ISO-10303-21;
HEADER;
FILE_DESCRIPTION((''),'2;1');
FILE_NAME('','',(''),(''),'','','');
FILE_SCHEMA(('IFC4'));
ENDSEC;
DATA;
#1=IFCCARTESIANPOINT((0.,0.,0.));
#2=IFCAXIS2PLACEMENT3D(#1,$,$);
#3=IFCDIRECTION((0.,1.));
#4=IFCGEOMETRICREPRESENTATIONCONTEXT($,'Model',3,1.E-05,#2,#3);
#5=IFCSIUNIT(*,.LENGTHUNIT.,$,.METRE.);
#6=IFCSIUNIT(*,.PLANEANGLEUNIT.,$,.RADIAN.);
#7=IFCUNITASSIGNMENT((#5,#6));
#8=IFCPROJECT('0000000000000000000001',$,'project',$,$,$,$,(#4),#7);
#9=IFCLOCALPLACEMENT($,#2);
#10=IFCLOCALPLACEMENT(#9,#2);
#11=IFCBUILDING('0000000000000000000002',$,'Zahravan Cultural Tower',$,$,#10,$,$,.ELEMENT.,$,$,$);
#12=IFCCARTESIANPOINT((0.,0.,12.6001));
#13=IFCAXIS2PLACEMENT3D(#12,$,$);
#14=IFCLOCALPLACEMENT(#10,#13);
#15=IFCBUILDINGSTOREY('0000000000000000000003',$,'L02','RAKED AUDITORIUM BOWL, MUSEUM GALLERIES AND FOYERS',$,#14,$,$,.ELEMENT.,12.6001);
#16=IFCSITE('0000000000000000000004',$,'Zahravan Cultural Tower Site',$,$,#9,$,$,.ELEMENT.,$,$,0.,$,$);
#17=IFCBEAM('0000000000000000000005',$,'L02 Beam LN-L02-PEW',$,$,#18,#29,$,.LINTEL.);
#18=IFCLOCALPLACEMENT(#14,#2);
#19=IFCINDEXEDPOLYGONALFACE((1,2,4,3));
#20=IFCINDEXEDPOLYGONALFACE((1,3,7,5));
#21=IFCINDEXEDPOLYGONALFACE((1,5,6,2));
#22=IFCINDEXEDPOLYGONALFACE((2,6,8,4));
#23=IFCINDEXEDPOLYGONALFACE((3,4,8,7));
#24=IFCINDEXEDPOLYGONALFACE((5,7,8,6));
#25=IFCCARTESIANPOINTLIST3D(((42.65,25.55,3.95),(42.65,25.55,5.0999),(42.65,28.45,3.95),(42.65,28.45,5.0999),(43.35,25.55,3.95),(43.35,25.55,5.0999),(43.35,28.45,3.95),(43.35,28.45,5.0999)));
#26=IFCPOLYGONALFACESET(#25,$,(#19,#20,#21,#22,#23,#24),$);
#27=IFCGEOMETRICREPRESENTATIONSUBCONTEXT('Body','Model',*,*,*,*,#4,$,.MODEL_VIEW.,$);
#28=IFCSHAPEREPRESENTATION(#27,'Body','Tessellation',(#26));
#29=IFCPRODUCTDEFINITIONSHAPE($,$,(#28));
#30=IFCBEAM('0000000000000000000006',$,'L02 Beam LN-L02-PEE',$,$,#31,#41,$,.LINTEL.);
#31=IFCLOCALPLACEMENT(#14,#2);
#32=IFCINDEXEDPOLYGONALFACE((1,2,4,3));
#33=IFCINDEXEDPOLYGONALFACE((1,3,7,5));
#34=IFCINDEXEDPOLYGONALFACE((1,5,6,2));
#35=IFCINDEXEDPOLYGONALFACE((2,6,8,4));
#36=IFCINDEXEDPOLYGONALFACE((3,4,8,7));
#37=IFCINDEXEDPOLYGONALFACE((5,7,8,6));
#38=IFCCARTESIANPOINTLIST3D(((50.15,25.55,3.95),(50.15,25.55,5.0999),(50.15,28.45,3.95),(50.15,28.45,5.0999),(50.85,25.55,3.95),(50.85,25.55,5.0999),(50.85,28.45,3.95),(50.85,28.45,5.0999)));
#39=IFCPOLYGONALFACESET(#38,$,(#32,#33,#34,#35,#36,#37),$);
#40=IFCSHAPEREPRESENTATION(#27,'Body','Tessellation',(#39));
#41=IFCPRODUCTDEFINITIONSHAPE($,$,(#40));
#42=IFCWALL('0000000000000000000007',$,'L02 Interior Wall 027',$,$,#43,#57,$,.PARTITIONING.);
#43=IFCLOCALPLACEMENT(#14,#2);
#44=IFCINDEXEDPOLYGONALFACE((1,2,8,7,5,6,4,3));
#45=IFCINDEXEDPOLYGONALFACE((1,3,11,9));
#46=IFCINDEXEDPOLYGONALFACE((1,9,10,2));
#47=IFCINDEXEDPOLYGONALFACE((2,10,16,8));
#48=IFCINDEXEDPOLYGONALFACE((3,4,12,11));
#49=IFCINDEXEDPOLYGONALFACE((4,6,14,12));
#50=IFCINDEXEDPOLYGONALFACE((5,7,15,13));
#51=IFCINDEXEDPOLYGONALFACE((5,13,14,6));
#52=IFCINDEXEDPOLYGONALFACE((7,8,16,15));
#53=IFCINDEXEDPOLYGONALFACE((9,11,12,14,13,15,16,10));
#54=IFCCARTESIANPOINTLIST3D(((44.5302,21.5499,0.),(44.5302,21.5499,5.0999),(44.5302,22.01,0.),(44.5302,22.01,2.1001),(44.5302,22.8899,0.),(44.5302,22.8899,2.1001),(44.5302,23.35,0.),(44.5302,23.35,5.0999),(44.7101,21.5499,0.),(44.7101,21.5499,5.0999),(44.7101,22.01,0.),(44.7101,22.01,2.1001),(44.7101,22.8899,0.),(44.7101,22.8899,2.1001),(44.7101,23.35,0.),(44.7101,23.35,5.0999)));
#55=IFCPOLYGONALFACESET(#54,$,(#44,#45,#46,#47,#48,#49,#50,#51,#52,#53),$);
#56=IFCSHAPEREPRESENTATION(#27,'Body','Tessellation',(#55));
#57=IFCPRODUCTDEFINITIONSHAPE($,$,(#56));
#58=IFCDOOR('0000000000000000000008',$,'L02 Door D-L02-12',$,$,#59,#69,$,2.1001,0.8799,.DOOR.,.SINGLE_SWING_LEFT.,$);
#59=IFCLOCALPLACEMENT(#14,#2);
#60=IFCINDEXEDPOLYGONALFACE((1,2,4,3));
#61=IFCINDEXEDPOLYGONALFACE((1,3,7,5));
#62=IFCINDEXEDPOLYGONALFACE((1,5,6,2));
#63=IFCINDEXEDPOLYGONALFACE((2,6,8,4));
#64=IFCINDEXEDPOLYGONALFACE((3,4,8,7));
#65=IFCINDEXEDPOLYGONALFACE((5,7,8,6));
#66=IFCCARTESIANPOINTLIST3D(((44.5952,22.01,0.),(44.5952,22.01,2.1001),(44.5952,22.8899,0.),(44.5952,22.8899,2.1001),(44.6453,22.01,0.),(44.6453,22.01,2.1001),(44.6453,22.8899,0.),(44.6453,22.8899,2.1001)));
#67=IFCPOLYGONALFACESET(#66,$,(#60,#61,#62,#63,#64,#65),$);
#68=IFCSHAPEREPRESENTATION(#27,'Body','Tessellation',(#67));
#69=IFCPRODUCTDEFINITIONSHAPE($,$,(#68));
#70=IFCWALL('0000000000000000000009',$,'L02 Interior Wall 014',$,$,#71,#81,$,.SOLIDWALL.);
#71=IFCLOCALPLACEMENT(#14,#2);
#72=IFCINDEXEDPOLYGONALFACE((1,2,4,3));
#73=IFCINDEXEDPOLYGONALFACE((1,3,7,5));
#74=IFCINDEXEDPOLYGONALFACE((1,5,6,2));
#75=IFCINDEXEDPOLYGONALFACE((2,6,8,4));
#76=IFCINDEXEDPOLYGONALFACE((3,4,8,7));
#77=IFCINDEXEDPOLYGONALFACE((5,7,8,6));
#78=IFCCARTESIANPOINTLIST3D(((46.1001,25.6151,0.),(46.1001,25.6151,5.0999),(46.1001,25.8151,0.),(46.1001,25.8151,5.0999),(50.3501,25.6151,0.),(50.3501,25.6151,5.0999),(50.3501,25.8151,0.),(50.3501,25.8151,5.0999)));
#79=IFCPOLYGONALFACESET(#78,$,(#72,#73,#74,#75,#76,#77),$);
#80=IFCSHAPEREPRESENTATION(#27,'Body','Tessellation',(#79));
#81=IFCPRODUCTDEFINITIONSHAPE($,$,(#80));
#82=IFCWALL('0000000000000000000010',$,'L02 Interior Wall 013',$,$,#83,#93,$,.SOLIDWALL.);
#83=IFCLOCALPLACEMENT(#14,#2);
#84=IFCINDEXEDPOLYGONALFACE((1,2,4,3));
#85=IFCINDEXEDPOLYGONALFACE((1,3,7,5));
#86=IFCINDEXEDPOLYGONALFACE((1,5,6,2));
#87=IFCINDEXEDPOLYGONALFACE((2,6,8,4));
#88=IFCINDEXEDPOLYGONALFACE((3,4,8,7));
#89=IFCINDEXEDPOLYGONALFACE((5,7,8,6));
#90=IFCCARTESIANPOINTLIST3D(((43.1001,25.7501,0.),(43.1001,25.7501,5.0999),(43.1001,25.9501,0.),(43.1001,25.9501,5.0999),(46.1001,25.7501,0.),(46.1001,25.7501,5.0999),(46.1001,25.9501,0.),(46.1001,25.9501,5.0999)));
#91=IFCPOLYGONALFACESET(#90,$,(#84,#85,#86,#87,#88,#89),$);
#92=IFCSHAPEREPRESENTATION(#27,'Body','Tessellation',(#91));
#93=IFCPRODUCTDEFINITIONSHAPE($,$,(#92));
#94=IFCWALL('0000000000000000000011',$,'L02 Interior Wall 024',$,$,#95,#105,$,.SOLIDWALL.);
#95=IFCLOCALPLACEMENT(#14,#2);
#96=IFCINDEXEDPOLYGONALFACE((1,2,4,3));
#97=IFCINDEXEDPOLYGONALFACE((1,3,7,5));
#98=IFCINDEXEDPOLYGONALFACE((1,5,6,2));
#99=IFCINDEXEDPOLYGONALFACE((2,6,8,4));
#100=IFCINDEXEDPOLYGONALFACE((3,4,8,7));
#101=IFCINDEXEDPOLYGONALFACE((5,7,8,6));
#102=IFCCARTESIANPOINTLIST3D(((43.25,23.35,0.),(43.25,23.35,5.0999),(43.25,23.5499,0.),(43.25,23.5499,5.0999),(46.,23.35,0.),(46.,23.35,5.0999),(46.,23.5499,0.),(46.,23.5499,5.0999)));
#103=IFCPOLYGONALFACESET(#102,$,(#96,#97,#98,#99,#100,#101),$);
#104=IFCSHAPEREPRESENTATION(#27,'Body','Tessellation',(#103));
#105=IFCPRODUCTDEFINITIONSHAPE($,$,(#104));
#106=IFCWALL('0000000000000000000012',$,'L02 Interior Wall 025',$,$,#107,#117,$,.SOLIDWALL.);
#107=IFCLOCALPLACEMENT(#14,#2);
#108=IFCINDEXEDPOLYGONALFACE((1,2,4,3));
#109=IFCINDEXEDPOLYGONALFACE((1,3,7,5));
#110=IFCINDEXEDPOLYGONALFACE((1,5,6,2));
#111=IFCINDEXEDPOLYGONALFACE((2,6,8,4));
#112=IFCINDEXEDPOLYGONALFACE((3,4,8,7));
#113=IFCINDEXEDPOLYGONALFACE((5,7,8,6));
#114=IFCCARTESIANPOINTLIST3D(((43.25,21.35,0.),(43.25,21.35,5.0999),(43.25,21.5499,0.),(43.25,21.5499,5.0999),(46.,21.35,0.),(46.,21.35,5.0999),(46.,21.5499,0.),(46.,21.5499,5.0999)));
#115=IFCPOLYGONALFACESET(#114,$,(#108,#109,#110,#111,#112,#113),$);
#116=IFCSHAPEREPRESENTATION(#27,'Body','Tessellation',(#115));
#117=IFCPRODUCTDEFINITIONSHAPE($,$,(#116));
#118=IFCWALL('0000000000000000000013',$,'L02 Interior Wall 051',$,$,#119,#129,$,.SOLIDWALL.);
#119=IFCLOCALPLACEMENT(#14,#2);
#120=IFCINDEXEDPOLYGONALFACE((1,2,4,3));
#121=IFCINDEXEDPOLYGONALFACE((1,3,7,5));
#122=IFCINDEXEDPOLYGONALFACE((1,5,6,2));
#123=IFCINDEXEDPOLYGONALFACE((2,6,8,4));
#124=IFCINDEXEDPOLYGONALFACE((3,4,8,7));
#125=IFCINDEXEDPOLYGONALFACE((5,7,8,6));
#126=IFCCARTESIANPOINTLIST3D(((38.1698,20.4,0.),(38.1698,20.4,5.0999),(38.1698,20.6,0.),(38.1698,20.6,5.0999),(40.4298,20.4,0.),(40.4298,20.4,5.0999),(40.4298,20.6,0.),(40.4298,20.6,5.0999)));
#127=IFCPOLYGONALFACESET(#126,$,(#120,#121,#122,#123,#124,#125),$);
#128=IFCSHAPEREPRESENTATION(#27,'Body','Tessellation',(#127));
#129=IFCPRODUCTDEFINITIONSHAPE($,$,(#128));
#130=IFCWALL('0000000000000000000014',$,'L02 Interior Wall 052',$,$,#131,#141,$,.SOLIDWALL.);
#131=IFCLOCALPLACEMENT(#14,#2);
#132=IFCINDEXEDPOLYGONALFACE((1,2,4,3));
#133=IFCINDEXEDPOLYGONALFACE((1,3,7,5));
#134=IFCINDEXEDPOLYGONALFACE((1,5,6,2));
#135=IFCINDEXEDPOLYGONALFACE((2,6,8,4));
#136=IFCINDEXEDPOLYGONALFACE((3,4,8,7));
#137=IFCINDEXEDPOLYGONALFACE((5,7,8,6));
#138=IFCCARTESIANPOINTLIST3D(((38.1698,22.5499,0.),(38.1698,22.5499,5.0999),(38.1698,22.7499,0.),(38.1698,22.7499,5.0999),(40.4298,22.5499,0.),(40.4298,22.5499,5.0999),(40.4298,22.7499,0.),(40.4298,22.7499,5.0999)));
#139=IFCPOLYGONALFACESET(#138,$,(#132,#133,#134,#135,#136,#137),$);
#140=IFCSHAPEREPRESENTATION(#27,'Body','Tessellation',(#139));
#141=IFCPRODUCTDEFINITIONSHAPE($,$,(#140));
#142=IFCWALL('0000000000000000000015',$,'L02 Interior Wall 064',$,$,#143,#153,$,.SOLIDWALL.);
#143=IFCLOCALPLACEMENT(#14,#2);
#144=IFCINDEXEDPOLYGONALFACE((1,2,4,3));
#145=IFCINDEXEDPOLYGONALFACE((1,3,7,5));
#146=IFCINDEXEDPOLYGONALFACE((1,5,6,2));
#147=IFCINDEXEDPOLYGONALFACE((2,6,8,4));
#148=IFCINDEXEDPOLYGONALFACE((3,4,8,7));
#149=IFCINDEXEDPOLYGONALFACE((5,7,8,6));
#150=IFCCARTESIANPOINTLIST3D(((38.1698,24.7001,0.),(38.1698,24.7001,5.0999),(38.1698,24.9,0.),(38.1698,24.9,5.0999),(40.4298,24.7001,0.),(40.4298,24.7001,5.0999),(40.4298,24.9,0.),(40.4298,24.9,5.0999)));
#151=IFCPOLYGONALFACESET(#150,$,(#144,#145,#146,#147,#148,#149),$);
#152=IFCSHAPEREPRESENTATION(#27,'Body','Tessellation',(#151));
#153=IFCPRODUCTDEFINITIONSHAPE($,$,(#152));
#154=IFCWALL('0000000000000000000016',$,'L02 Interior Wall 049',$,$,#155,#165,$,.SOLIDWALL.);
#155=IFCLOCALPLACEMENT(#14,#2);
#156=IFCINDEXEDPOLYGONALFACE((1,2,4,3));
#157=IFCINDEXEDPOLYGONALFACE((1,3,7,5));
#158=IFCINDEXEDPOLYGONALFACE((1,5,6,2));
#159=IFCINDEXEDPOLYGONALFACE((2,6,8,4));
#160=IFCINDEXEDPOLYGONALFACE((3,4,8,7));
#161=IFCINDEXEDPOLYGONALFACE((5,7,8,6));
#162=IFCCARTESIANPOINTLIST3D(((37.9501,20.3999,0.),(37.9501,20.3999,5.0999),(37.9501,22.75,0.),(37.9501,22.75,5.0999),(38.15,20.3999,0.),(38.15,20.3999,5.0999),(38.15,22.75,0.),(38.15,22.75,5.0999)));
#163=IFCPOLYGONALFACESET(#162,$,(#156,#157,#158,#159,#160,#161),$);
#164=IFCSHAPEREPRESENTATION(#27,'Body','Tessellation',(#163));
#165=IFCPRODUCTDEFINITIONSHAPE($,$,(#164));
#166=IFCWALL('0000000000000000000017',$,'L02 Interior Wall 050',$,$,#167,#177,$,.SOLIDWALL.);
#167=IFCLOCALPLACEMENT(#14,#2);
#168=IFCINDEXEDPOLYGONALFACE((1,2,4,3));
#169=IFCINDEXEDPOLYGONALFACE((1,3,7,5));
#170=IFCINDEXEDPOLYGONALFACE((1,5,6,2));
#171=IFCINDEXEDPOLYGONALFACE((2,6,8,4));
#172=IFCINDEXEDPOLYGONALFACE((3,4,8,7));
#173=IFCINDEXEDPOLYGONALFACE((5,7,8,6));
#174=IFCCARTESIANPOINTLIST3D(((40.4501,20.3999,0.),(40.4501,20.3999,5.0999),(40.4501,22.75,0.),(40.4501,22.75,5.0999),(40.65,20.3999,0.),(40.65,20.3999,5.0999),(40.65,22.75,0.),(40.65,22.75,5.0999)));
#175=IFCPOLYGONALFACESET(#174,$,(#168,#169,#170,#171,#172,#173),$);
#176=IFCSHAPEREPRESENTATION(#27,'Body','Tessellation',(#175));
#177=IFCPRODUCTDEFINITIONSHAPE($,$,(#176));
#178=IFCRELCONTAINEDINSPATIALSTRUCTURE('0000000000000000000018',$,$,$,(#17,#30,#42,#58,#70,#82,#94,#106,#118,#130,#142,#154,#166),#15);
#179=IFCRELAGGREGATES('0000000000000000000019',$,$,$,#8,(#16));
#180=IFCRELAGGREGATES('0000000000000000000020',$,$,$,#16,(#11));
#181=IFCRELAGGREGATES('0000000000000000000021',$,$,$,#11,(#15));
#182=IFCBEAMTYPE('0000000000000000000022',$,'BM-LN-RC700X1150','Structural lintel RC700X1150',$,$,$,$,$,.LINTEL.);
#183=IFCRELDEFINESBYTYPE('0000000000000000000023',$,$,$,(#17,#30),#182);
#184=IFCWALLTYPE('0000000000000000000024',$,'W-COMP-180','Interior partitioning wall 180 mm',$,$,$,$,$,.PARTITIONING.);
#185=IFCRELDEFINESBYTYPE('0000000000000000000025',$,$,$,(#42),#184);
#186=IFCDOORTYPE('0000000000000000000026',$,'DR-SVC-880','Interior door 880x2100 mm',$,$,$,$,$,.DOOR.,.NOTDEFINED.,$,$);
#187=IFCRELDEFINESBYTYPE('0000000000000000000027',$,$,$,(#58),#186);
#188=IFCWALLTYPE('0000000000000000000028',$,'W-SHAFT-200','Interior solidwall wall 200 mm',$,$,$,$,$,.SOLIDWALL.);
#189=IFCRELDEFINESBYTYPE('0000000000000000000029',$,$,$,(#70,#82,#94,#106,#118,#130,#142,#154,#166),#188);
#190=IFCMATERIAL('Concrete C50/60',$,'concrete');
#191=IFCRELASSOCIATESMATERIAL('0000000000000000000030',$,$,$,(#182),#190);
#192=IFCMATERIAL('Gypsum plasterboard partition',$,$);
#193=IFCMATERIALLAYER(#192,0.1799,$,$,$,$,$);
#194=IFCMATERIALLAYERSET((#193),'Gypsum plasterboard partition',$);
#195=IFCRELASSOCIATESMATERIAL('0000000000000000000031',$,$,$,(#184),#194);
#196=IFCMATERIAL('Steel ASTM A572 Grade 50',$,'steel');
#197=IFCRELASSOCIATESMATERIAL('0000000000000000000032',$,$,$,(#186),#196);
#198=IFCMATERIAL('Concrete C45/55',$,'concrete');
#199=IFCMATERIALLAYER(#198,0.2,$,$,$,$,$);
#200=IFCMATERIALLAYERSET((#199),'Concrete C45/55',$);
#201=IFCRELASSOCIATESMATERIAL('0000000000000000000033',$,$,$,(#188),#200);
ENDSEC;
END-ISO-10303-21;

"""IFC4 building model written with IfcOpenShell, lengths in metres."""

from ifc_helpers import new_model, si_unit, direction, frame, frame_2d, origin, origin_2d, place, context, subcontext, project, spatial, rectangle, extrude, source, transform, mapped, material, layer, layer_set, material_profile, profile_set, type_object, element, fill, save


model = new_model("IFC4")

# Units and contexts
model_context = context("Model", 3, precision=1e-05, world=origin(), true_north=direction((0.0, 1.0)))
body_context = subcontext(model_context, "Body", "Model", "MODEL_VIEW")
ifc_project = project(units=[si_unit("LENGTHUNIT", "METRE"), si_unit("PLANEANGLEUNIT", "RADIAN")], contexts=[model_context])

# Site, building, storey
site_placement = place(None, origin())
site = spatial("IfcSite", under=ifc_project, at=site_placement, Name="Zahravan Cultural Tower Site", CompositionType="ELEMENT", RefElevation=0.0)
building_placement = place(site_placement, origin())
building = spatial("IfcBuilding", under=site, at=building_placement, Name="Zahravan Cultural Tower", CompositionType="ELEMENT")
storey_placement = place(building_placement, frame((0.0, 0.0, 12.6001)))
storey = spatial("IfcBuildingStorey", under=building, at=storey_placement, Name="L02", Description="RAKED AUDITORIUM BOWL, MUSEUM GALLERIES AND FOYERS", CompositionType="ELEMENT", Elevation=12.6001)

# Beams
ifc_material_1 = material(Name="Concrete C50/60", Category="concrete")
ifc_material_profile = material_profile(ifc_material_1, rectangle(XDim=0.7, YDim=1.1499, at=origin_2d()), Name="RC700X1150")
ifc_profile_set = profile_set([ifc_material_profile], Name="Concrete C50/60")
beam_type = type_object("IfcBeamType", Name="BM-LN-RC700X1150", Description="Structural lintel RC700X1150", PredefinedType="LINTEL", material=ifc_profile_set)
shared_shape_1 = source(origin(), body_context, "Body", "SweptSolid", [
    extrude(rectangle(XDim=0.7, YDim=1.1499, at=origin_2d()), origin(), (0.0, 0.0, 1.0), 2.8999),
])
for number, where, z_axis, x_axis, name in (
    (1, (43.0, 25.55, 4.5249), (0.0, 1.0, 0.0), (-1.0, 0.0, 0.0), "L02 Beam LN-L02-PEW"),
    (2, (50.5, 25.55, 4.5249), (0.0, 1.0, 0.0), (-1.0, 0.0, 0.0), "L02 Beam LN-L02-PEE"),
):
    element("IfcBeam", number, at=place(storey_placement, frame(where, z_axis=z_axis, x_axis=x_axis)), inside=storey, type_object=beam_type, Name=name, PredefinedType="LINTEL", context=body_context, shape_type="MappedRepresentation", body=[
        mapped(shared_shape_1, transform((0.0, 0.0, 0.0), x_axis=(1.0, 0.0, 0.0), y_axis=(0.0, 1.0, 0.0), z_axis=(0.0, 0.0, 1.0), scale=1.0)),
    ])

# Wall, opening, door
ifc_material_2 = material(Name="Gypsum plasterboard partition")
ifc_layer_1 = layer(ifc_material_2, 0.1799)
ifc_layer_set_1 = layer_set([ifc_layer_1], Name="Gypsum plasterboard partition")
wall_type_1 = type_object("IfcWallType", Name="W-COMP-180", Description="Interior partitioning wall 180 mm", PredefinedType="PARTITIONING", material=ifc_layer_set_1)
wall_1_placement = place(storey_placement, frame((44.6201, 21.55, 0.0), z_axis=(0.0, 0.0, 1.0), x_axis=(0.0, 1.0, 0.0)))
wall_1 = element("IfcWall", 3, at=wall_1_placement, inside=storey, type_object=wall_type_1, Name="L02 Interior Wall 027", PredefinedType="PARTITIONING", context=body_context, shape_type="SweptSolid", body=[
    extrude(rectangle(XDim=1.8, YDim=0.1799, at=frame_2d((0.8999, 0.0))), origin(), (0.0, 0.0, 1.0), 5.0999),
])
opening_1_placement = place(wall_1_placement, frame((0.46, 0.0, 0.0)))
opening_1 = element("IfcOpeningElement", 4, at=opening_1_placement, cuts=wall_1, PredefinedType="OPENING", context=body_context, shape_type="SweptSolid", body=[
    extrude(rectangle(XDim=0.8799, YDim=2.1001, at=frame_2d((0.4399, 1.05))), frame((0.0, 0.0999, 0.0), z_axis=(0.0, -1.0, 0.0), x_axis=(1.0, 0.0, 0.0)), (0.0, 0.0, 1.0), 0.2),
])
ifc_material_3 = material(Name="Steel ASTM A572 Grade 50", Category="steel")
door_type_1 = type_object("IfcDoorType", Name="DR-SVC-880", Description="Interior door 880x2100 mm", OperationType="NOTDEFINED", PredefinedType="DOOR", material=ifc_material_3)
shared_shape_2 = source(origin(), body_context, "Body", "SweptSolid", [
    extrude(rectangle(XDim=0.8799, YDim=2.1001, at=frame_2d((0.4399, 1.05))), frame((0.0, 0.0249, 0.0), z_axis=(0.0, -1.0, 0.0), x_axis=(1.0, 0.0, 0.0)), (0.0, 0.0, 1.0), 0.05),
])
door_1_placement = place(opening_1_placement, origin())
door_1 = element("IfcDoor", 5, at=door_1_placement, inside=storey, type_object=door_type_1, Name="L02 Door D-L02-12", OperationType="SINGLE_SWING_LEFT", OverallHeight=2.1001, OverallWidth=0.8799, PredefinedType="DOOR", context=body_context, shape_type="MappedRepresentation", body=[
    mapped(shared_shape_2, transform((0.0, 0.0, 0.0), x_axis=(1.0, 0.0, 0.0), y_axis=(0.0, 1.0, 0.0), z_axis=(0.0, 0.0, 1.0), scale=1.0)),
])
fill(opening_1, door_1)
ifc_material_4 = material(Name="Concrete C45/55", Category="concrete")
ifc_layer_2 = layer(ifc_material_4, 0.2)
ifc_layer_set_2 = layer_set([ifc_layer_2], Name="Concrete C45/55")
wall_type_2 = type_object("IfcWallType", Name="W-SHAFT-200", Description="Interior solidwall wall 200 mm", PredefinedType="SOLIDWALL", material=ifc_layer_set_2)

# Walls
shared_shape_3 = source(origin(), body_context, "Body", "SweptSolid", [
    extrude(rectangle(XDim=4.25, YDim=0.2, at=frame_2d((2.125, 0.0))), origin(), (0.0, 0.0, 1.0), 5.0999),
])
wall_2_placement = place(storey_placement, frame((46.1001, 25.7151, 0.0), z_axis=(0.0, 0.0, 1.0), x_axis=(1.0, 0.0, 0.0)))
element("IfcWall", 6, at=wall_2_placement, inside=storey, type_object=wall_type_2, Name="L02 Interior Wall 014", PredefinedType="SOLIDWALL", context=body_context, shape_type="MappedRepresentation", body=[
    mapped(shared_shape_3, transform((0.0, 0.0, 0.0), x_axis=(1.0, 0.0, 0.0), y_axis=(0.0, 1.0, 0.0), z_axis=(0.0, 0.0, 1.0), scale=1.0)),
])
shared_shape_4 = source(origin(), body_context, "Body", "SweptSolid", [
    extrude(rectangle(XDim=3.0, YDim=0.2, at=frame_2d((1.5, 0.0))), origin(), (0.0, 0.0, 1.0), 5.0999),
])
wall_3_placement = place(storey_placement, frame((43.1001, 25.8501, 0.0), z_axis=(0.0, 0.0, 1.0), x_axis=(1.0, 0.0, 0.0)))
element("IfcWall", 7, at=wall_3_placement, inside=storey, type_object=wall_type_2, Name="L02 Interior Wall 013", PredefinedType="SOLIDWALL", context=body_context, shape_type="MappedRepresentation", body=[
    mapped(shared_shape_4, transform((0.0, 0.0, 0.0), x_axis=(1.0, 0.0, 0.0), y_axis=(0.0, 1.0, 0.0), z_axis=(0.0, 0.0, 1.0), scale=1.0)),
])
shared_shape_5 = source(origin(), body_context, "Body", "SweptSolid", [
    extrude(rectangle(XDim=2.75, YDim=0.2, at=frame_2d((1.375, 0.0))), origin(), (0.0, 0.0, 1.0), 5.0999),
])
for number, where, z_axis, x_axis, name in (
    (8, (43.25, 23.45, 0.0), (0.0, 0.0, 1.0), (1.0, 0.0, 0.0), "L02 Interior Wall 024"),
    (9, (43.25, 21.45, 0.0), (0.0, 0.0, 1.0), (1.0, 0.0, 0.0), "L02 Interior Wall 025"),
):
    element("IfcWall", number, at=place(storey_placement, frame(where, z_axis=z_axis, x_axis=x_axis)), inside=storey, type_object=wall_type_2, Name=name, PredefinedType="SOLIDWALL", context=body_context, shape_type="MappedRepresentation", body=[
        mapped(shared_shape_5, transform((0.0, 0.0, 0.0), x_axis=(1.0, 0.0, 0.0), y_axis=(0.0, 1.0, 0.0), z_axis=(0.0, 0.0, 1.0), scale=1.0)),
    ])
shared_shape_6 = source(origin(), body_context, "Body", "SweptSolid", [
    extrude(rectangle(XDim=2.26, YDim=0.2, at=frame_2d((1.1299, 0.0))), origin(), (0.0, 0.0, 1.0), 5.0999),
])
for number, where, z_axis, x_axis, name in (
    (10, (38.1699, 20.5, 0.0), (0.0, 0.0, 1.0), (1.0, 0.0, 0.0), "L02 Interior Wall 051"),
    (11, (38.1699, 22.6499, 0.0), (0.0, 0.0, 1.0), (1.0, 0.0, 0.0), "L02 Interior Wall 052"),
    (12, (38.1699, 24.8, 0.0), (0.0, 0.0, 1.0), (1.0, 0.0, 0.0), "L02 Interior Wall 064"),
):
    element("IfcWall", number, at=place(storey_placement, frame(where, z_axis=z_axis, x_axis=x_axis)), inside=storey, type_object=wall_type_2, Name=name, PredefinedType="SOLIDWALL", context=body_context, shape_type="MappedRepresentation", body=[
        mapped(shared_shape_6, transform((0.0, 0.0, 0.0), x_axis=(1.0, 0.0, 0.0), y_axis=(0.0, 1.0, 0.0), z_axis=(0.0, 0.0, 1.0), scale=1.0)),
    ])
shared_shape_7 = source(origin(), body_context, "Body", "SweptSolid", [
    extrude(rectangle(XDim=2.3501, YDim=0.2, at=frame_2d((1.175, 0.0))), origin(), (0.0, 0.0, 1.0), 5.0999),
])
for number, where, z_axis, x_axis, name in (
    (13, (38.05, 20.3999, 0.0), (0.0, 0.0, 1.0), (0.0, 1.0, 0.0), "L02 Interior Wall 049"),
    (14, (40.55, 20.3999, 0.0), (0.0, 0.0, 1.0), (0.0, 1.0, 0.0), "L02 Interior Wall 050"),
):
    element("IfcWall", number, at=place(storey_placement, frame(where, z_axis=z_axis, x_axis=x_axis)), inside=storey, type_object=wall_type_2, Name=name, PredefinedType="SOLIDWALL", context=body_context, shape_type="MappedRepresentation", body=[
        mapped(shared_shape_7, transform((0.0, 0.0, 0.0), x_axis=(1.0, 0.0, 0.0), y_axis=(0.0, 1.0, 0.0), z_axis=(0.0, 0.0, 1.0), scale=1.0)),
    ])

save(model, "model.ifc")
